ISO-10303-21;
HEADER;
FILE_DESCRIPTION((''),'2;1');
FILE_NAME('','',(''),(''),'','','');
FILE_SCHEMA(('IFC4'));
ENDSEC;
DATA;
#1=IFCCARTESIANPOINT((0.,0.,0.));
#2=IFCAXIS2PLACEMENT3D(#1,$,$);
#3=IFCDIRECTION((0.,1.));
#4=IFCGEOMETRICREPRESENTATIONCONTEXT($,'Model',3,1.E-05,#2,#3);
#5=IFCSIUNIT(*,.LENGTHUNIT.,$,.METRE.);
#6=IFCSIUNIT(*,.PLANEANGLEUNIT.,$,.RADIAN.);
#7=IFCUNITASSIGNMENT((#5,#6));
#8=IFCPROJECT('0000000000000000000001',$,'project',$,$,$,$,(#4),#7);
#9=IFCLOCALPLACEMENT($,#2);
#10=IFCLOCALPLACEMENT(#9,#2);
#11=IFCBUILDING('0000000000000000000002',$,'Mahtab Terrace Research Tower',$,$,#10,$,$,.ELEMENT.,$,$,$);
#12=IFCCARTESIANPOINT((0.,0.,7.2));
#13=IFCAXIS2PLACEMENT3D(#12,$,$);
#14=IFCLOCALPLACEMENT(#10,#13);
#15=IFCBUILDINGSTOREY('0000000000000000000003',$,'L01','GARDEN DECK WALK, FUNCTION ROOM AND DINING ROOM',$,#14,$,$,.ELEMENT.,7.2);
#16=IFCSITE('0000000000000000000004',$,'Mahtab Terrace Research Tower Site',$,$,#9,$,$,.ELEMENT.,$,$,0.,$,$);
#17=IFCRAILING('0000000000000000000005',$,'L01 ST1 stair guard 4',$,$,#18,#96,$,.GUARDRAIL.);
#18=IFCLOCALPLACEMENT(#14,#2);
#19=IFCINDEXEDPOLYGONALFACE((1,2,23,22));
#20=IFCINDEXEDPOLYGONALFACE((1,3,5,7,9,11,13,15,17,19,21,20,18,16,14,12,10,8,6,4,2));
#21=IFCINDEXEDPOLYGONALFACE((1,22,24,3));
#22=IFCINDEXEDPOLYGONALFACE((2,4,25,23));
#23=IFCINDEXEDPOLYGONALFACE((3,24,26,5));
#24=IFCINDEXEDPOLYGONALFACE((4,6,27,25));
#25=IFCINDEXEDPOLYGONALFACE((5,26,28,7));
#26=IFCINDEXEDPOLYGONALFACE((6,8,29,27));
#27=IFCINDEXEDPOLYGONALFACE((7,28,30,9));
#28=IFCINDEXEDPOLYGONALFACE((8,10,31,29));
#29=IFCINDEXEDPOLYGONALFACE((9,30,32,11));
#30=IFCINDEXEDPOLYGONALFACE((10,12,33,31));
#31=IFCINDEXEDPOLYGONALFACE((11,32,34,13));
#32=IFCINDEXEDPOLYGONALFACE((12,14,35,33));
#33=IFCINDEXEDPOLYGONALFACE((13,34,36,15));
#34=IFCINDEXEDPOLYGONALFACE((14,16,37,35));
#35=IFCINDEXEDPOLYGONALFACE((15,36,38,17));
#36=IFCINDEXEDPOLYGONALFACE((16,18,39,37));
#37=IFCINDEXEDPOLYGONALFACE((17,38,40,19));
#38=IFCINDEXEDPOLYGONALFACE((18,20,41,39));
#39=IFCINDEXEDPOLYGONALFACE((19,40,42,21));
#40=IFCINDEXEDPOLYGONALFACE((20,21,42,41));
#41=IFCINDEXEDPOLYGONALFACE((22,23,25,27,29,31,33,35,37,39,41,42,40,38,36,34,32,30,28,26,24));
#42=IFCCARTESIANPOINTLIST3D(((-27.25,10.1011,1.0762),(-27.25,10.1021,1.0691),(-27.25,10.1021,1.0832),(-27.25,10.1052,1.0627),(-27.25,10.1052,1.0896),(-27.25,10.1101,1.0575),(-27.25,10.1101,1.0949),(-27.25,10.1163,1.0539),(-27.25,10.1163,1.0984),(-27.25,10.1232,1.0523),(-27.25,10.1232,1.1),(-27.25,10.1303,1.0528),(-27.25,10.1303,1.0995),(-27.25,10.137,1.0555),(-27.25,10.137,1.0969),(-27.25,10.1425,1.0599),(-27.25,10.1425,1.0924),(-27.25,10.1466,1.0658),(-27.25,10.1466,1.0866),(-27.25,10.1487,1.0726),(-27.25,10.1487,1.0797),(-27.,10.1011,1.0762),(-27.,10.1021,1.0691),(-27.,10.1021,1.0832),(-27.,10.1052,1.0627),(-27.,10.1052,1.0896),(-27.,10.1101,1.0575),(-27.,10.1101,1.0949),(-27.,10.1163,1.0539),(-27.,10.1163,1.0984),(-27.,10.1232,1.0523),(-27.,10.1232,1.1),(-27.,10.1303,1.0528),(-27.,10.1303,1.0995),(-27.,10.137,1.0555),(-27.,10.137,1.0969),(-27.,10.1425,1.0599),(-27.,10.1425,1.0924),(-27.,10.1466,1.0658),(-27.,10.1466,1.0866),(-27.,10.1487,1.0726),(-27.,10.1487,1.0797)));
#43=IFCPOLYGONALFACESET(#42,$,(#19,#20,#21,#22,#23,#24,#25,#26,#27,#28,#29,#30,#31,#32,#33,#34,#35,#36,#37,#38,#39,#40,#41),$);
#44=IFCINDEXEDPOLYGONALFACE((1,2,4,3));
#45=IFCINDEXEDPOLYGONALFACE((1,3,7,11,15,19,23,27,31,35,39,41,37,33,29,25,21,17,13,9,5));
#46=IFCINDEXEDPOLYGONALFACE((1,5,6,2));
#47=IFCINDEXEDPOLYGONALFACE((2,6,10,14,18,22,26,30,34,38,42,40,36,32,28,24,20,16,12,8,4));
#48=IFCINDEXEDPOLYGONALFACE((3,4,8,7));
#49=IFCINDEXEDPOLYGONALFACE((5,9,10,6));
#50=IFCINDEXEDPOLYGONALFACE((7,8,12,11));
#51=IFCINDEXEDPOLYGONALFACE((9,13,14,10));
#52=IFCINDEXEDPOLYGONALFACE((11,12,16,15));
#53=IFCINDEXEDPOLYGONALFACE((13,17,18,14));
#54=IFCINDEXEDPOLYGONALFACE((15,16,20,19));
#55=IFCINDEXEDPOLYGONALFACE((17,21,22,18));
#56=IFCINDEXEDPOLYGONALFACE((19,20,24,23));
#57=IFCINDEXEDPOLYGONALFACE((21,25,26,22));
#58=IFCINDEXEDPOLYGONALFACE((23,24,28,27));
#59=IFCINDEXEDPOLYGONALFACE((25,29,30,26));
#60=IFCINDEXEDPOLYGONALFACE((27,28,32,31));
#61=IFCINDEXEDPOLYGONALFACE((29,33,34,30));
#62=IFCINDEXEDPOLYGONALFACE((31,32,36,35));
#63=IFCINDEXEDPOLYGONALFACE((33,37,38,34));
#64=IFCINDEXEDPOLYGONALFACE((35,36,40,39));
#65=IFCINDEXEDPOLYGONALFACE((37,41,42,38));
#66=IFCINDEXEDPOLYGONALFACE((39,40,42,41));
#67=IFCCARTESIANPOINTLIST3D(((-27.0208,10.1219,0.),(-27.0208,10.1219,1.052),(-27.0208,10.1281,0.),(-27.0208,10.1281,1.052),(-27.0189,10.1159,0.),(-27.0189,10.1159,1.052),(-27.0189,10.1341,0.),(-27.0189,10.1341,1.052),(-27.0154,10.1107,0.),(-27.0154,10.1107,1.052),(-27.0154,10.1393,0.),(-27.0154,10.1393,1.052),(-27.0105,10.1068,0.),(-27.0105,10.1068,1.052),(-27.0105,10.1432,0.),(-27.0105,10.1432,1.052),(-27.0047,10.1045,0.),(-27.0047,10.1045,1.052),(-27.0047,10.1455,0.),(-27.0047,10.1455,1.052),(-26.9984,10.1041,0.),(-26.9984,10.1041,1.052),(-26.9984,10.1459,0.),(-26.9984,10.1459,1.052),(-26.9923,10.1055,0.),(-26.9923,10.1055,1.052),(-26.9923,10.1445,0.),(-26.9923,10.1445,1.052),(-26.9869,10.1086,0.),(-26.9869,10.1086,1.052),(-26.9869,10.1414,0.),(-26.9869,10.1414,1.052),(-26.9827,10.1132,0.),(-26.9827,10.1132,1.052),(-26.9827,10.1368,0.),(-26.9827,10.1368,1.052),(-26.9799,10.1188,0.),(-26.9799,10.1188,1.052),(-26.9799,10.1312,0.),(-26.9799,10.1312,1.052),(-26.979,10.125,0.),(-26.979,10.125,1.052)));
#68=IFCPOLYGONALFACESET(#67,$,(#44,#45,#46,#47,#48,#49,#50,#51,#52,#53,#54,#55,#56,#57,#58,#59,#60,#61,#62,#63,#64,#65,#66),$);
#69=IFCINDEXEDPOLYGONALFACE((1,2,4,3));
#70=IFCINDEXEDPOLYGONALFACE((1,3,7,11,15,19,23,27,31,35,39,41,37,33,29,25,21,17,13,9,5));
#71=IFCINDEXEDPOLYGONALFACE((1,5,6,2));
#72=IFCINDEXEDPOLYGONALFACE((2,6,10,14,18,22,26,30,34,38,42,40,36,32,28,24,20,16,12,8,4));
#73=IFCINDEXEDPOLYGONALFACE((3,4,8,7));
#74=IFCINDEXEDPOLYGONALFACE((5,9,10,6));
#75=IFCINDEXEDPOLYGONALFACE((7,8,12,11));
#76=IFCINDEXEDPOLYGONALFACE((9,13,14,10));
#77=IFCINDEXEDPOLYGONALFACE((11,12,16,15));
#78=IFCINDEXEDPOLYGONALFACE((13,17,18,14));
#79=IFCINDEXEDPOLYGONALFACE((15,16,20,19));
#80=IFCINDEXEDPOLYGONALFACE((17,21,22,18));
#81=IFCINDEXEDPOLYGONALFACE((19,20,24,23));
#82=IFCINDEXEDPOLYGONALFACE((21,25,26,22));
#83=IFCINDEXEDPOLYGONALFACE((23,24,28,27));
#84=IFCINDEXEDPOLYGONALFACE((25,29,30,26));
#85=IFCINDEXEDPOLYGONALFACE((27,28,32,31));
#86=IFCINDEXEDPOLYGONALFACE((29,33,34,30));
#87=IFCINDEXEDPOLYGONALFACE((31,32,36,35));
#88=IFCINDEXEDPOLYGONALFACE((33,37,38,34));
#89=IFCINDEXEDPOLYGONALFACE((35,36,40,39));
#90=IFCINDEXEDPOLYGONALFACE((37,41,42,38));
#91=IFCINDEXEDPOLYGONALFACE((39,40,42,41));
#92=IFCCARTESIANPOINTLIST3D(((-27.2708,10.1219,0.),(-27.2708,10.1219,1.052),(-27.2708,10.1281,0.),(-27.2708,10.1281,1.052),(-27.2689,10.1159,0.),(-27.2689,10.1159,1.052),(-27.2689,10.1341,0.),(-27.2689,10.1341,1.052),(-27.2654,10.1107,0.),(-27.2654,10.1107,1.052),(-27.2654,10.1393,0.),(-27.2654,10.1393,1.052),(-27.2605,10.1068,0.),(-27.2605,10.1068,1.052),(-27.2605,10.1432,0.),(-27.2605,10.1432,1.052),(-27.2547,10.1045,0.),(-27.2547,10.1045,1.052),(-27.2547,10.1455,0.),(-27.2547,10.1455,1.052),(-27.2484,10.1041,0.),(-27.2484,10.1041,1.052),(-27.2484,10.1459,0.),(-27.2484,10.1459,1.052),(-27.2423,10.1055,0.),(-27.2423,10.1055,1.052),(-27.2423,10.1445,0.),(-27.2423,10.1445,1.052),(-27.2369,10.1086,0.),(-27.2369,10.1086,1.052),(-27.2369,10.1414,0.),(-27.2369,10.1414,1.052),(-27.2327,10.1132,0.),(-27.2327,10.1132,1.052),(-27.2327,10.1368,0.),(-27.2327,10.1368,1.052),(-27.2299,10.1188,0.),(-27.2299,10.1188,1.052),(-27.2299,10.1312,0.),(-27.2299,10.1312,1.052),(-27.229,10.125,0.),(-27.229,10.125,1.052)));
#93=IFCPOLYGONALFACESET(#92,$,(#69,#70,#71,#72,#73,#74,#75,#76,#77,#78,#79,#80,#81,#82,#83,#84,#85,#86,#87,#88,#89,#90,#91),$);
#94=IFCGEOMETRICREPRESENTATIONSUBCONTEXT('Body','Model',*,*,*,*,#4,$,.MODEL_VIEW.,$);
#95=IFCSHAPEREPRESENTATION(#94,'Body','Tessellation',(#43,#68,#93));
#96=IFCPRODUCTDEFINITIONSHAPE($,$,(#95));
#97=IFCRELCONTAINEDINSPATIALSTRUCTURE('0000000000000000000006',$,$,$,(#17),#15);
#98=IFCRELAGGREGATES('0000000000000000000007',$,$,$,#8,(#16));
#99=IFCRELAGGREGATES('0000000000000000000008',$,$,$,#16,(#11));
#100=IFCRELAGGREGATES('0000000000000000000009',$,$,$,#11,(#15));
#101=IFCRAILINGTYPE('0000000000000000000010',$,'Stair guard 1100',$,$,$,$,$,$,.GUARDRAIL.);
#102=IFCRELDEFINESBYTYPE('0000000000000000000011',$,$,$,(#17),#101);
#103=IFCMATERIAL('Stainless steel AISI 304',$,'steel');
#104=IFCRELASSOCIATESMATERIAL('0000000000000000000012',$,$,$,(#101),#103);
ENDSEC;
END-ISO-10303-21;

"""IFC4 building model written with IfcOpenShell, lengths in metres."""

from ifc_helpers import new_model, si_unit, direction, frame, origin, origin_2d, place, context, subcontext, project, spatial, circle, extrude, material, type_object, element, save


model = new_model("IFC4")

# Units and contexts
model_context = context("Model", 3, precision=1e-05, world=origin(), true_north=direction((0.0, 1.0)))
body_context = subcontext(model_context, "Body", "Model", "MODEL_VIEW")
ifc_project = project(units=[si_unit("LENGTHUNIT", "METRE"), si_unit("PLANEANGLEUNIT", "RADIAN")], contexts=[model_context])

# Site, building, storey
site_placement = place(None, origin())
site = spatial("IfcSite", under=ifc_project, at=site_placement, Name="Mahtab Terrace Research Tower Site", CompositionType="ELEMENT", RefElevation=0.0)
building_placement = place(site_placement, origin())
building = spatial("IfcBuilding", under=site, at=building_placement, Name="Mahtab Terrace Research Tower", CompositionType="ELEMENT")
storey_placement = place(building_placement, frame((0.0, 0.0, 7.2)))
storey = spatial("IfcBuildingStorey", under=building, at=storey_placement, Name="L01", Description="GARDEN DECK WALK, FUNCTION ROOM AND DINING ROOM", CompositionType="ELEMENT", Elevation=7.2)

# Railing
ifc_material_1 = material(Name="Stainless steel AISI 304", Category="steel")
railing_type_1 = type_object("IfcRailingType", Name="Stair guard 1100", PredefinedType="GUARDRAIL", material=ifc_material_1)
railing_1_placement = place(storey_placement, frame((-27.0, 10.125, 0.0)))
element("IfcRailing", 1, at=railing_1_placement, inside=storey, type_object=railing_type_1, Name="L01 ST1 stair guard 4", PredefinedType="GUARDRAIL", context=body_context, shape_type="SweptSolid", body=[
    extrude(circle(Radius=0.0239, at=origin_2d()), frame((0.0, 0.0, 1.0762), z_axis=(-1.0, 0.0, 0.0), x_axis=(0.0, -1.0, 0.0)), (0.0, 0.0, 1.0), 0.25),
    extrude(circle(Radius=0.021, at=origin_2d()), origin(), (0.0, 0.0, 1.0), 1.052),
    extrude(circle(Radius=0.021, at=origin_2d()), frame((-0.25, 0.0, 0.0)), (0.0, 0.0, 1.0), 1.052),
])

save(model, "model.ifc")
